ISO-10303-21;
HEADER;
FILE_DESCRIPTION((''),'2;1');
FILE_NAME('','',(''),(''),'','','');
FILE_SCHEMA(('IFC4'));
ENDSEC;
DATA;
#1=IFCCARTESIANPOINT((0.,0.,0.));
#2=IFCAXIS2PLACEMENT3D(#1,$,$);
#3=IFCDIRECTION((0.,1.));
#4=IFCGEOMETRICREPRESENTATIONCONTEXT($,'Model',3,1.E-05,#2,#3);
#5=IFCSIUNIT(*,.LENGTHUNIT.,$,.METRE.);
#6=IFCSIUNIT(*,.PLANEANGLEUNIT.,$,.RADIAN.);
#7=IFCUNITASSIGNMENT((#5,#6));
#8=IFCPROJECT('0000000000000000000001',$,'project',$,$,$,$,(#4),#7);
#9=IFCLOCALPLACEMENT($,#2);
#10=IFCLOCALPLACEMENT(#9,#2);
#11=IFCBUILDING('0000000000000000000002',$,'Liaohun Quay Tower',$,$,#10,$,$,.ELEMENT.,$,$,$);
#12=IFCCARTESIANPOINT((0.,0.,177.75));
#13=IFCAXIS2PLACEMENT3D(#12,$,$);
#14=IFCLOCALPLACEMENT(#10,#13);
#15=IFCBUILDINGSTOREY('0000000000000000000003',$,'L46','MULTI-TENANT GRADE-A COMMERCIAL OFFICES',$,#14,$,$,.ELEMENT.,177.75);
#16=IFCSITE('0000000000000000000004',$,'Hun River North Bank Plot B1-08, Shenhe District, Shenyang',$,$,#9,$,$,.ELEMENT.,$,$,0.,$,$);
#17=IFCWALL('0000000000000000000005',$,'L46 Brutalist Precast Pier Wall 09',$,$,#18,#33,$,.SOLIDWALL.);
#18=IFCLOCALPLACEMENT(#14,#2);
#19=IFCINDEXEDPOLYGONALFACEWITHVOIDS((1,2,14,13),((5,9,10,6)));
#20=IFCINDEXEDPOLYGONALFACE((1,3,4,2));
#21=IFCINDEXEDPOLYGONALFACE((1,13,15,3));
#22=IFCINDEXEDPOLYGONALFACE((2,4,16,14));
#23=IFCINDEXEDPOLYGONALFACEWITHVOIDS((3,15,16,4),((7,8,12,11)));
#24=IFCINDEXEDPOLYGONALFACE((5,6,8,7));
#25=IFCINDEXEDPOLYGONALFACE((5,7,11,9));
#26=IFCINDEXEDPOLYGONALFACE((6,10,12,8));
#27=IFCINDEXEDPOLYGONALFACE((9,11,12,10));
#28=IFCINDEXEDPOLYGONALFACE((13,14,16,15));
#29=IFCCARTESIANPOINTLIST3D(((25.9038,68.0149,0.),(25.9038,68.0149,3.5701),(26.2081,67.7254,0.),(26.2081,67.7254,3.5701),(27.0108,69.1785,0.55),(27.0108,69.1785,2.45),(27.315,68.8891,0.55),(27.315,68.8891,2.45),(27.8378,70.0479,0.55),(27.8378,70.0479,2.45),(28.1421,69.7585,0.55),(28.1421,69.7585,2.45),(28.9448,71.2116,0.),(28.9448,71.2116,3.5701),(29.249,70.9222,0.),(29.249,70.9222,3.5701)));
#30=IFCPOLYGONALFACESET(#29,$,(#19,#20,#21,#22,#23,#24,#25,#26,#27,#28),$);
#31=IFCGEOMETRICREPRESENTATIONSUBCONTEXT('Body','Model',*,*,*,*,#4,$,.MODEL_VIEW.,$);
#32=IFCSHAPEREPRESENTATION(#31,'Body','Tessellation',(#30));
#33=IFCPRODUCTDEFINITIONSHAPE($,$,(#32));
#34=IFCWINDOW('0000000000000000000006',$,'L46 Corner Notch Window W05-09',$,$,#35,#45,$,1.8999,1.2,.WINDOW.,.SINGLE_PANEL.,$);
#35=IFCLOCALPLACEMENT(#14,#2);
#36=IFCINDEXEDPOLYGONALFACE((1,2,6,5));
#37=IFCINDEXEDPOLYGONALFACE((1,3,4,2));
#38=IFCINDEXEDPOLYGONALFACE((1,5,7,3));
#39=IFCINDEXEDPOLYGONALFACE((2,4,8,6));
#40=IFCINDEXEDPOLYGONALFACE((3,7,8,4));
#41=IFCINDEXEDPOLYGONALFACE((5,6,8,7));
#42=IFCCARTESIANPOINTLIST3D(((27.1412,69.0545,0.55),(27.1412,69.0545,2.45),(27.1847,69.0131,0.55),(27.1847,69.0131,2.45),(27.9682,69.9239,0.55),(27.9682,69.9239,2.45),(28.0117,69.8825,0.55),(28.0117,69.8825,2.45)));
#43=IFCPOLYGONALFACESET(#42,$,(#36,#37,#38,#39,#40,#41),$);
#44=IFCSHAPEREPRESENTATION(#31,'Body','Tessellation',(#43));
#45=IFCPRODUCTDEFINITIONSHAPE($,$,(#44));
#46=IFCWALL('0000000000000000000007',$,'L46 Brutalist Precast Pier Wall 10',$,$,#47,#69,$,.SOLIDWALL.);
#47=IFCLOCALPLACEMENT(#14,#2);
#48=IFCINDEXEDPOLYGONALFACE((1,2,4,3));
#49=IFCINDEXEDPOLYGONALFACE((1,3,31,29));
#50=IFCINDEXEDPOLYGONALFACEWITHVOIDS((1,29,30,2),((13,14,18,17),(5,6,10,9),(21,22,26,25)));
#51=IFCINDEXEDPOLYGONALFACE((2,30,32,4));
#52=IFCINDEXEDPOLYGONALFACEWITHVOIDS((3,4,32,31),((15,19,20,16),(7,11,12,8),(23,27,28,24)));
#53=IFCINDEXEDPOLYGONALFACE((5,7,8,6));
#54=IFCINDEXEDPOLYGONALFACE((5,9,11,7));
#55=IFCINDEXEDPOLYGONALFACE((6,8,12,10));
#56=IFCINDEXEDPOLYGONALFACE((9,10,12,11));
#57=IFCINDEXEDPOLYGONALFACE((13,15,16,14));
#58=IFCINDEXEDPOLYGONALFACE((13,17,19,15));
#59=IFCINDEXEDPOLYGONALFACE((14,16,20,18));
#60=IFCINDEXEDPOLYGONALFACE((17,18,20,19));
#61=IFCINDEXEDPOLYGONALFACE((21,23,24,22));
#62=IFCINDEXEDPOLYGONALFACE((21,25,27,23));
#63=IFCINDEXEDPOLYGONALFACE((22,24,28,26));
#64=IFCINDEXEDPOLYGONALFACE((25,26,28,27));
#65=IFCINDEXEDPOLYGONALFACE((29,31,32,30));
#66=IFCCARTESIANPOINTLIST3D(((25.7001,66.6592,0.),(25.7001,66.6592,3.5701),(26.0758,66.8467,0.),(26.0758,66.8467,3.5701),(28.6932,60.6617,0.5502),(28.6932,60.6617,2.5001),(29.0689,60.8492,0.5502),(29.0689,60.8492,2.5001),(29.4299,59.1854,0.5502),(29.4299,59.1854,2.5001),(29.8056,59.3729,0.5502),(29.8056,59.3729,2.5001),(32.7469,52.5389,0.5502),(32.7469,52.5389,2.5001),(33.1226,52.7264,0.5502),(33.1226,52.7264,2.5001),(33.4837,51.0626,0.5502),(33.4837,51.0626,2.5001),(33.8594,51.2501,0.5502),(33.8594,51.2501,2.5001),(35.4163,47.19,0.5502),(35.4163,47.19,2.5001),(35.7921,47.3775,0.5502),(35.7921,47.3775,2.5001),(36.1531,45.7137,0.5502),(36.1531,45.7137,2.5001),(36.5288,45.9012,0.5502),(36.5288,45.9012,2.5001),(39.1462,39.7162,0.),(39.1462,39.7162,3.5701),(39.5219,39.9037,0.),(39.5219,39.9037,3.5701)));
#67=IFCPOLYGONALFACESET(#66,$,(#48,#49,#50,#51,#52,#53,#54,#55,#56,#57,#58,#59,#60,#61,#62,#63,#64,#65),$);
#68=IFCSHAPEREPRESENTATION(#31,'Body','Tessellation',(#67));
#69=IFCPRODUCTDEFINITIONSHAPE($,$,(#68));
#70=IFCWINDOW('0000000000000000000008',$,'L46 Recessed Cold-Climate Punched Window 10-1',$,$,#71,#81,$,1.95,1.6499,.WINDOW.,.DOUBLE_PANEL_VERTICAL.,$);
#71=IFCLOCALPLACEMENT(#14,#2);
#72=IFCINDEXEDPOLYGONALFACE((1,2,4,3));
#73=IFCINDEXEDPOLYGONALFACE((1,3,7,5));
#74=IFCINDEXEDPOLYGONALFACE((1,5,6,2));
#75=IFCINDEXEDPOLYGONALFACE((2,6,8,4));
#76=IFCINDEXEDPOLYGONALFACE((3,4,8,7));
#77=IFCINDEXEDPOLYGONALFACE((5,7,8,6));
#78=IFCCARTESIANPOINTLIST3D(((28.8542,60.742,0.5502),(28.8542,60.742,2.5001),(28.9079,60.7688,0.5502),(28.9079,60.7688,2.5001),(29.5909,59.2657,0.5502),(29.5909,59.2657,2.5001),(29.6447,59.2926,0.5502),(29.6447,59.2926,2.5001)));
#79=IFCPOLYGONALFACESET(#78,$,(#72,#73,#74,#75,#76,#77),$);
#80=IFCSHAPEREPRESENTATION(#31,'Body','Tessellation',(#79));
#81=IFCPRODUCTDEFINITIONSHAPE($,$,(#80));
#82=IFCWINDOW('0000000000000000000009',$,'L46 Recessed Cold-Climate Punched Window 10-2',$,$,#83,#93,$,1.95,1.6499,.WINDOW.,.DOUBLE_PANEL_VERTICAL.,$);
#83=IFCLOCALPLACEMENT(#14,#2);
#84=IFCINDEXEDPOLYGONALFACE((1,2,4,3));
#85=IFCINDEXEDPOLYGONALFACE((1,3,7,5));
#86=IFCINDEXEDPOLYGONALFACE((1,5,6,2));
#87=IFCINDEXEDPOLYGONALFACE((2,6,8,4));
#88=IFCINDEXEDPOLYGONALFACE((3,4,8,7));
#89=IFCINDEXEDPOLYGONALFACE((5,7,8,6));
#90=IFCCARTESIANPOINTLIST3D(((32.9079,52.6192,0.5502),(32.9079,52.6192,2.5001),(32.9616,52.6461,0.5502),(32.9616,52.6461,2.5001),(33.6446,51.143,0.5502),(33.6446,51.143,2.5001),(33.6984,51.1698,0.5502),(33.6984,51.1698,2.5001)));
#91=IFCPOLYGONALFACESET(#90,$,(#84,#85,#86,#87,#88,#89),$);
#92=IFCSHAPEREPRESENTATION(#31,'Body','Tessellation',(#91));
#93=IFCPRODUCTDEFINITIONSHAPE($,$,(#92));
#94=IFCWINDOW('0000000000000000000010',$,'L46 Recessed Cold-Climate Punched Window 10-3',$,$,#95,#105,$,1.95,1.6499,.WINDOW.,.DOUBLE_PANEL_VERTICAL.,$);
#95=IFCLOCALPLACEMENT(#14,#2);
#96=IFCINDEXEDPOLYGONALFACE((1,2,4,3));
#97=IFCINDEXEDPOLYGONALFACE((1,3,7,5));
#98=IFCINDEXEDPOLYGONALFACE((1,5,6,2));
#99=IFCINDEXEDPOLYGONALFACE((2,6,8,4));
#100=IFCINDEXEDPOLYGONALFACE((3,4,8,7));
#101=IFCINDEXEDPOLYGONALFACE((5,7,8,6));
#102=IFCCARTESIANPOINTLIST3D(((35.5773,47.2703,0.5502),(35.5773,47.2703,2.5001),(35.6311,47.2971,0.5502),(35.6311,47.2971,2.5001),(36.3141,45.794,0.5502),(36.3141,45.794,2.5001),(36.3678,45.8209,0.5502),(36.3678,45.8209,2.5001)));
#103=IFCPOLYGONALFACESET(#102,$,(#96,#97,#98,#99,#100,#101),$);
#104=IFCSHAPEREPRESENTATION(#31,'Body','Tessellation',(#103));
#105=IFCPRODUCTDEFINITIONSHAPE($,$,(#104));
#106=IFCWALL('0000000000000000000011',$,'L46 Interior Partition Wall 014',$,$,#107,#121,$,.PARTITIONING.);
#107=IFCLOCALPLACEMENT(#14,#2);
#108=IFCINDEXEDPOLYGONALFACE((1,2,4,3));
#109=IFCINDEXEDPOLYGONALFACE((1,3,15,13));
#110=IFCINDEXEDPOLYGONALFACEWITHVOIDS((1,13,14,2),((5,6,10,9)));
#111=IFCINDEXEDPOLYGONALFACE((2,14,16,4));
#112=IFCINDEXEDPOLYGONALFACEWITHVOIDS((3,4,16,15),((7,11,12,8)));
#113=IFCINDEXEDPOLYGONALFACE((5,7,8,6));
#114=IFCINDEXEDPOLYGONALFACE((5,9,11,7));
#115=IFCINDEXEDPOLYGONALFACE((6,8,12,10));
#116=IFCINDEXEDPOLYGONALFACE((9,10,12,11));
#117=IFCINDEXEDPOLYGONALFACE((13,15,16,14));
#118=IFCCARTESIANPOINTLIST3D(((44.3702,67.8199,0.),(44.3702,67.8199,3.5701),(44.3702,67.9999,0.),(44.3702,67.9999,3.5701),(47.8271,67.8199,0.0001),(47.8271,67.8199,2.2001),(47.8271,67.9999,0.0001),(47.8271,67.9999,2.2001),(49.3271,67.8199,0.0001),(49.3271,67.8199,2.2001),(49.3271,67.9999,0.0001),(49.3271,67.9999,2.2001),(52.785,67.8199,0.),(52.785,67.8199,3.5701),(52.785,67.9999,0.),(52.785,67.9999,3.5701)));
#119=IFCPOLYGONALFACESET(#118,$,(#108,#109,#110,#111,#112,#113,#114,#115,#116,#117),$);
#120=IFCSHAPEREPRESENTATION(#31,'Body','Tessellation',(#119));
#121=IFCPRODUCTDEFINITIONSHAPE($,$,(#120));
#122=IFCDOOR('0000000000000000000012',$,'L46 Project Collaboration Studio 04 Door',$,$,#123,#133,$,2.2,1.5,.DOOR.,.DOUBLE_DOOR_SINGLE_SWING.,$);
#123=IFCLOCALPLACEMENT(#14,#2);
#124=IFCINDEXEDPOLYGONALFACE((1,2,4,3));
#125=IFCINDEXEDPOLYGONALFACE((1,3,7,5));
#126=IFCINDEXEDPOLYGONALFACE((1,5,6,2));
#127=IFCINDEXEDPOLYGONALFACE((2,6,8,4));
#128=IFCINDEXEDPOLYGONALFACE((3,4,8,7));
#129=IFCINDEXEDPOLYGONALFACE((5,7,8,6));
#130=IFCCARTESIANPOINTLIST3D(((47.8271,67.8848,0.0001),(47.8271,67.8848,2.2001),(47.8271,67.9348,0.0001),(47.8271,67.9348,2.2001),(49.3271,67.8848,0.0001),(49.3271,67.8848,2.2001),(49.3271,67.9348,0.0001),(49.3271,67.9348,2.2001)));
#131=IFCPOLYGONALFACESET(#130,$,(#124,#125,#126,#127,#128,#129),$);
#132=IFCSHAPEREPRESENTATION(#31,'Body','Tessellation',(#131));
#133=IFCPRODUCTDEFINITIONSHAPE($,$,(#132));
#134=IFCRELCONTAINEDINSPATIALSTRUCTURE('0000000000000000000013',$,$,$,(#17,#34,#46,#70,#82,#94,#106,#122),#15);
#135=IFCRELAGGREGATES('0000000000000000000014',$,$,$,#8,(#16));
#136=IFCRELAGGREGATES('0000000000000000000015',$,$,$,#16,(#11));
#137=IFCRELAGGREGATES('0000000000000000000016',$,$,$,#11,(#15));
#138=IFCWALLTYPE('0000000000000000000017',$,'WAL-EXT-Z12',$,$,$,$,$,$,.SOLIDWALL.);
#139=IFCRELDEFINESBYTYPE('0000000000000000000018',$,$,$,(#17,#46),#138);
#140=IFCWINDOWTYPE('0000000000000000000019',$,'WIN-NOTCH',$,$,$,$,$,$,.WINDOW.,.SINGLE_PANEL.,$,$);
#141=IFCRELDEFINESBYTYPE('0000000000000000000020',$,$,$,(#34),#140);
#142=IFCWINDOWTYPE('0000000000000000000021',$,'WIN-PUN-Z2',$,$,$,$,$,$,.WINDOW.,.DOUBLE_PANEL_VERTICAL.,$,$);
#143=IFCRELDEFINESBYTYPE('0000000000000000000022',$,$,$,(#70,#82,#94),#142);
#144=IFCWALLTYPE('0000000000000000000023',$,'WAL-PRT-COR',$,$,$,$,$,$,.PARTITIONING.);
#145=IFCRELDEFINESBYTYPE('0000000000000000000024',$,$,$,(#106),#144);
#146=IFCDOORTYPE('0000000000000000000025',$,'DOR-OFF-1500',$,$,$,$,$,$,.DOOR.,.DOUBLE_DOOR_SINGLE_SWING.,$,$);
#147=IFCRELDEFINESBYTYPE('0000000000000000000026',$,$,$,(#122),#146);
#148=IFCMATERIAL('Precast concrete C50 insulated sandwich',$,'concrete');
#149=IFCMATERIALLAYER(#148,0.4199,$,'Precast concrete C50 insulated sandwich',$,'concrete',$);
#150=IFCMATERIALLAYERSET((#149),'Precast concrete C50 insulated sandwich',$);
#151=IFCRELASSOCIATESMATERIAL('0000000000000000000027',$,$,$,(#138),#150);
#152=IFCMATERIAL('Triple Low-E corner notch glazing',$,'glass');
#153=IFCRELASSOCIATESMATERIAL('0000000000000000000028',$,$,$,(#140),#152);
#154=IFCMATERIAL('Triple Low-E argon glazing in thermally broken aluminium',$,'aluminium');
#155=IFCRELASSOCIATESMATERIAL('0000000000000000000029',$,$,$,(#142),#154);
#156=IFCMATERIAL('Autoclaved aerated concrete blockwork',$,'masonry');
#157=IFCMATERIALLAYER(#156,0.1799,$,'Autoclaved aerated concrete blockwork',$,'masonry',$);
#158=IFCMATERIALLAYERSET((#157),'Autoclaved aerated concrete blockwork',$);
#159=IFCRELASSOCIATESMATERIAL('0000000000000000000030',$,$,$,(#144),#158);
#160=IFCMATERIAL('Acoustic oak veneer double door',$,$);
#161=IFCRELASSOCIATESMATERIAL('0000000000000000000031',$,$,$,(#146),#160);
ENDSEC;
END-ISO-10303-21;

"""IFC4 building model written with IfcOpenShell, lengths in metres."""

from ifc_helpers import new_model, si_unit, direction, frame, frame_2d, origin, place, context, subcontext, project, spatial, rectangle, extrude, source, transform, mapped, material, layer, layer_set, type_object, element, fill, save


model = new_model("IFC4")

# Units and contexts
model_context = context("Model", 3, precision=1e-05, world=origin(), true_north=direction((0.0, 1.0)))
body_context = subcontext(model_context, "Body", "Model", "MODEL_VIEW")
ifc_project = project(units=[si_unit("LENGTHUNIT", "METRE"), si_unit("PLANEANGLEUNIT", "RADIAN")], contexts=[model_context])

# Site, building, storey
site_placement = place(None, origin())
site = spatial("IfcSite", under=ifc_project, at=site_placement, Name="Hun River North Bank Plot B1-08, Shenhe District, Shenyang", CompositionType="ELEMENT", RefElevation=0.0)
building_placement = place(site_placement, origin())
building = spatial("IfcBuilding", under=site, at=building_placement, Name="Liaohun Quay Tower", CompositionType="ELEMENT")
storey_placement = place(building_placement, frame((0.0, 0.0, 177.75)))
storey = spatial("IfcBuildingStorey", under=building, at=storey_placement, Name="L46", Description="MULTI-TENANT GRADE-A COMMERCIAL OFFICES", CompositionType="ELEMENT", Elevation=177.75)

# Wall, opening, window
ifc_material_1 = material(Name="Precast concrete C50 insulated sandwich", Category="concrete")
ifc_layer_1 = layer(ifc_material_1, 0.4199, Name="Precast concrete C50 insulated sandwich", Category="concrete")
ifc_layer_set_1 = layer_set([ifc_layer_1], Name="Precast concrete C50 insulated sandwich")
wall_type_1 = type_object("IfcWallType", Name="WAL-EXT-Z12", PredefinedType="SOLIDWALL", material=ifc_layer_set_1)
shared_shape_1 = source(origin(), body_context, "Body", "SweptSolid", [
    extrude(rectangle(XDim=1.2, YDim=1.8999, at=frame_2d((0.6001, 0.95))), frame((0.0, 0.22, 0.0), z_axis=(0.0, -1.0, 0.0), x_axis=(1.0, 0.0, 0.0)), (0.0, 0.0, 1.0), 0.4399),
])
ifc_material_2 = material(Name="Triple Low-E corner notch glazing", Category="glass")
window_type_1 = type_object("IfcWindowType", Name="WIN-NOTCH", PartitioningType="SINGLE_PANEL", PredefinedType="WINDOW", material=ifc_material_2)
shared_shape_2 = source(origin(), body_context, "Body", "SweptSolid", [
    extrude(rectangle(XDim=1.2, YDim=1.8999, at=frame_2d((0.6001, 0.95))), frame((0.0, 0.03, 0.0), z_axis=(0.0, -1.0, 0.0), x_axis=(1.0, 0.0, 0.0)), (0.0, 0.0, 1.0), 0.0601),
])
wall_1_placement = place(storey_placement, frame((29.0969, 71.0669, 0.0), z_axis=(0.0, 0.0, 1.0), x_axis=(-0.689235, -0.724538, 0.0)))
wall_1 = element("IfcWall", 1, at=wall_1_placement, inside=storey, type_object=wall_type_1, Name="L46 Brutalist Precast Pier Wall 09", PredefinedType="SOLIDWALL", context=body_context, shape_type="SweptSolid", body=[
    extrude(rectangle(XDim=4.4121, YDim=0.4199, at=frame_2d((2.2061, 0.0))), origin(), (0.0, 0.0, 1.0), 3.5701),
])
opening_1_placement = place(wall_1_placement, frame((1.606, 0.0, 0.55)))
opening_1 = element("IfcOpeningElement", 2, at=opening_1_placement, cuts=wall_1, PredefinedType="OPENING", context=body_context, shape_type="MappedRepresentation", body=[
    mapped(shared_shape_1, transform((0.0, 0.0, 0.0), x_axis=(1.0, 0.0, 0.0), y_axis=(0.0, 1.0, 0.0), z_axis=(0.0, 0.0, 1.0), scale=1.0)),
])
window_1_placement = place(opening_1_placement, origin())
window_1 = element("IfcWindow", 3, at=window_1_placement, inside=storey, type_object=window_type_1, Name="L46 Corner Notch Window W05-09", OverallHeight=1.8999, OverallWidth=1.2, PartitioningType="SINGLE_PANEL", PredefinedType="WINDOW", context=body_context, shape_type="MappedRepresentation", body=[
    mapped(shared_shape_2, transform((0.0, 0.0, 0.0), x_axis=(1.0, 0.0, 0.0), y_axis=(0.0, 1.0, 0.0), z_axis=(0.0, 0.0, 1.0), scale=1.0)),
])
fill(opening_1, window_1)

# Wall, openings, windows
wall_2_placement = place(storey_placement, frame((25.8879, 66.7529, 0.0), z_axis=(0.0, 0.0, 1.0), x_axis=(0.446539, -0.894764, 0.0)))
wall_2 = element("IfcWall", 4, at=wall_2_placement, inside=storey, type_object=wall_type_1, Name="L46 Brutalist Precast Pier Wall 10", PredefinedType="SOLIDWALL", context=body_context, shape_type="SweptSolid", body=[
    extrude(rectangle(XDim=30.1118, YDim=0.4199, at=frame_2d((15.0559, 0.0))), origin(), (0.0, 0.0, 1.0), 3.5701),
])
shared_shape_3 = source(origin(), body_context, "Body", "SweptSolid", [
    extrude(rectangle(XDim=1.6499, YDim=1.95, at=frame_2d((0.825, 0.9751))), frame((0.0, 0.22, 0.0), z_axis=(0.0, -1.0, 0.0), x_axis=(1.0, 0.0, 0.0)), (0.0, 0.0, 1.0), 0.4399),
])
opening_2_placement = place(wall_2_placement, frame((6.7029, 0.0, 0.55)))
opening_2 = element("IfcOpeningElement", 5, at=opening_2_placement, cuts=wall_2, PredefinedType="OPENING", context=body_context, shape_type="MappedRepresentation", body=[
    mapped(shared_shape_3, transform((0.0, 0.0, 0.0), x_axis=(1.0, 0.0, 0.0), y_axis=(0.0, 1.0, 0.0), z_axis=(0.0, 0.0, 1.0), scale=1.0)),
])
opening_3_placement = place(wall_2_placement, frame((15.781, 0.0, 0.55)))
opening_3 = element("IfcOpeningElement", 6, at=opening_3_placement, cuts=wall_2, PredefinedType="OPENING", context=body_context, shape_type="MappedRepresentation", body=[
    mapped(shared_shape_3, transform((0.0, 0.0, 0.0), x_axis=(1.0, 0.0, 0.0), y_axis=(0.0, 1.0, 0.0), z_axis=(0.0, 0.0, 1.0), scale=1.0)),
])
opening_4_placement = place(wall_2_placement, frame((21.759, 0.0, 0.55)))
opening_4 = element("IfcOpeningElement", 7, at=opening_4_placement, cuts=wall_2, PredefinedType="OPENING", context=body_context, shape_type="MappedRepresentation", body=[
    mapped(shared_shape_3, transform((0.0, 0.0, 0.0), x_axis=(1.0, 0.0, 0.0), y_axis=(0.0, 1.0, 0.0), z_axis=(0.0, 0.0, 1.0), scale=1.0)),
])
ifc_material_3 = material(Name="Triple Low-E argon glazing in thermally broken aluminium", Category="aluminium")
window_type_2 = type_object("IfcWindowType", Name="WIN-PUN-Z2", PartitioningType="DOUBLE_PANEL_VERTICAL", PredefinedType="WINDOW", material=ifc_material_3)
shared_shape_4 = source(origin(), body_context, "Body", "SweptSolid", [
    extrude(rectangle(XDim=1.6499, YDim=1.95, at=frame_2d((0.825, 0.9751))), frame((0.0, 0.03, 0.0), z_axis=(0.0, -1.0, 0.0), x_axis=(1.0, 0.0, 0.0)), (0.0, 0.0, 1.0), 0.0601),
])
window_2_placement = place(opening_2_placement, origin())
window_2 = element("IfcWindow", 8, at=window_2_placement, inside=storey, type_object=window_type_2, Name="L46 Recessed Cold-Climate Punched Window 10-1", OverallHeight=1.95, OverallWidth=1.6499, PartitioningType="DOUBLE_PANEL_VERTICAL", PredefinedType="WINDOW", context=body_context, shape_type="MappedRepresentation", body=[
    mapped(shared_shape_4, transform((0.0, 0.0, 0.0), x_axis=(1.0, 0.0, 0.0), y_axis=(0.0, 1.0, 0.0), z_axis=(0.0, 0.0, 1.0), scale=1.0)),
])
fill(opening_2, window_2)
window_3_placement = place(opening_3_placement, origin())
window_3 = element("IfcWindow", 9, at=window_3_placement, inside=storey, type_object=window_type_2, Name="L46 Recessed Cold-Climate Punched Window 10-2", OverallHeight=1.95, OverallWidth=1.6499, PartitioningType="DOUBLE_PANEL_VERTICAL", PredefinedType="WINDOW", context=body_context, shape_type="MappedRepresentation", body=[
    mapped(shared_shape_4, transform((0.0, 0.0, 0.0), x_axis=(1.0, 0.0, 0.0), y_axis=(0.0, 1.0, 0.0), z_axis=(0.0, 0.0, 1.0), scale=1.0)),
])
fill(opening_3, window_3)
window_4_placement = place(opening_4_placement, origin())
window_4 = element("IfcWindow", 10, at=window_4_placement, inside=storey, type_object=window_type_2, Name="L46 Recessed Cold-Climate Punched Window 10-3", OverallHeight=1.95, OverallWidth=1.6499, PartitioningType="DOUBLE_PANEL_VERTICAL", PredefinedType="WINDOW", context=body_context, shape_type="MappedRepresentation", body=[
    mapped(shared_shape_4, transform((0.0, 0.0, 0.0), x_axis=(1.0, 0.0, 0.0), y_axis=(0.0, 1.0, 0.0), z_axis=(0.0, 0.0, 1.0), scale=1.0)),
])
fill(opening_4, window_4)

# Wall, opening, door
ifc_material_4 = material(Name="Autoclaved aerated concrete blockwork", Category="masonry")
ifc_layer_2 = layer(ifc_material_4, 0.1799, Name="Autoclaved aerated concrete blockwork", Category="masonry")
ifc_layer_set_2 = layer_set([ifc_layer_2], Name="Autoclaved aerated concrete blockwork")
wall_type_2 = type_object("IfcWallType", Name="WAL-PRT-COR", PredefinedType="PARTITIONING", material=ifc_layer_set_2)
wall_3_placement = place(storey_placement, frame((44.3701, 67.9099, 0.0), z_axis=(0.0, 0.0, 1.0), x_axis=(1.0, 0.0, 0.0)))
wall_3 = element("IfcWall", 11, at=wall_3_placement, inside=storey, type_object=wall_type_2, Name="L46 Interior Partition Wall 014", PredefinedType="PARTITIONING", context=body_context, shape_type="SweptSolid", body=[
    extrude(rectangle(XDim=8.4148, YDim=0.1799, at=frame_2d((4.2075, 0.0))), origin(), (0.0, 0.0, 1.0), 3.5701),
])
shared_shape_5 = source(origin(), body_context, "Body", "SweptSolid", [
    extrude(rectangle(XDim=1.5, YDim=2.2, at=frame_2d((0.75, 1.1001))), frame((0.0, 0.0999, 0.0), z_axis=(0.0, -1.0, 0.0), x_axis=(1.0, 0.0, 0.0)), (0.0, 0.0, 1.0), 0.2),
])
opening_5_placement = place(wall_3_placement, frame((3.457, 0.0, 0.0)))
opening_5 = element("IfcOpeningElement", 12, at=opening_5_placement, cuts=wall_3, PredefinedType="OPENING", context=body_context, shape_type="MappedRepresentation", body=[
    mapped(shared_shape_5, transform((0.0, 0.0, 0.0), x_axis=(1.0, 0.0, 0.0), y_axis=(0.0, 1.0, 0.0), z_axis=(0.0, 0.0, 1.0), scale=1.0)),
])
ifc_material_5 = material(Name="Acoustic oak veneer double door")
door_type_1 = type_object("IfcDoorType", Name="DOR-OFF-1500", OperationType="DOUBLE_DOOR_SINGLE_SWING", PredefinedType="DOOR", material=ifc_material_5)
shared_shape_6 = source(origin(), body_context, "Body", "SweptSolid", [
    extrude(rectangle(XDim=1.5, YDim=2.2, at=frame_2d((0.75, 1.1001))), frame((0.0, 0.0249, 0.0), z_axis=(0.0, -1.0, 0.0), x_axis=(1.0, 0.0, 0.0)), (0.0, 0.0, 1.0), 0.05),
])
door_1_placement = place(opening_5_placement, origin())
door_1 = element("IfcDoor", 13, at=door_1_placement, inside=storey, type_object=door_type_1, Name="L46 Project Collaboration Studio 04 Door", OperationType="DOUBLE_DOOR_SINGLE_SWING", OverallHeight=2.2, OverallWidth=1.5, PredefinedType="DOOR", context=body_context, shape_type="MappedRepresentation", body=[
    mapped(shared_shape_6, transform((0.0, 0.0, 0.0), x_axis=(1.0, 0.0, 0.0), y_axis=(0.0, 1.0, 0.0), z_axis=(0.0, 0.0, 1.0), scale=1.0)),
])
fill(opening_5, door_1)

save(model, "model.ifc")
